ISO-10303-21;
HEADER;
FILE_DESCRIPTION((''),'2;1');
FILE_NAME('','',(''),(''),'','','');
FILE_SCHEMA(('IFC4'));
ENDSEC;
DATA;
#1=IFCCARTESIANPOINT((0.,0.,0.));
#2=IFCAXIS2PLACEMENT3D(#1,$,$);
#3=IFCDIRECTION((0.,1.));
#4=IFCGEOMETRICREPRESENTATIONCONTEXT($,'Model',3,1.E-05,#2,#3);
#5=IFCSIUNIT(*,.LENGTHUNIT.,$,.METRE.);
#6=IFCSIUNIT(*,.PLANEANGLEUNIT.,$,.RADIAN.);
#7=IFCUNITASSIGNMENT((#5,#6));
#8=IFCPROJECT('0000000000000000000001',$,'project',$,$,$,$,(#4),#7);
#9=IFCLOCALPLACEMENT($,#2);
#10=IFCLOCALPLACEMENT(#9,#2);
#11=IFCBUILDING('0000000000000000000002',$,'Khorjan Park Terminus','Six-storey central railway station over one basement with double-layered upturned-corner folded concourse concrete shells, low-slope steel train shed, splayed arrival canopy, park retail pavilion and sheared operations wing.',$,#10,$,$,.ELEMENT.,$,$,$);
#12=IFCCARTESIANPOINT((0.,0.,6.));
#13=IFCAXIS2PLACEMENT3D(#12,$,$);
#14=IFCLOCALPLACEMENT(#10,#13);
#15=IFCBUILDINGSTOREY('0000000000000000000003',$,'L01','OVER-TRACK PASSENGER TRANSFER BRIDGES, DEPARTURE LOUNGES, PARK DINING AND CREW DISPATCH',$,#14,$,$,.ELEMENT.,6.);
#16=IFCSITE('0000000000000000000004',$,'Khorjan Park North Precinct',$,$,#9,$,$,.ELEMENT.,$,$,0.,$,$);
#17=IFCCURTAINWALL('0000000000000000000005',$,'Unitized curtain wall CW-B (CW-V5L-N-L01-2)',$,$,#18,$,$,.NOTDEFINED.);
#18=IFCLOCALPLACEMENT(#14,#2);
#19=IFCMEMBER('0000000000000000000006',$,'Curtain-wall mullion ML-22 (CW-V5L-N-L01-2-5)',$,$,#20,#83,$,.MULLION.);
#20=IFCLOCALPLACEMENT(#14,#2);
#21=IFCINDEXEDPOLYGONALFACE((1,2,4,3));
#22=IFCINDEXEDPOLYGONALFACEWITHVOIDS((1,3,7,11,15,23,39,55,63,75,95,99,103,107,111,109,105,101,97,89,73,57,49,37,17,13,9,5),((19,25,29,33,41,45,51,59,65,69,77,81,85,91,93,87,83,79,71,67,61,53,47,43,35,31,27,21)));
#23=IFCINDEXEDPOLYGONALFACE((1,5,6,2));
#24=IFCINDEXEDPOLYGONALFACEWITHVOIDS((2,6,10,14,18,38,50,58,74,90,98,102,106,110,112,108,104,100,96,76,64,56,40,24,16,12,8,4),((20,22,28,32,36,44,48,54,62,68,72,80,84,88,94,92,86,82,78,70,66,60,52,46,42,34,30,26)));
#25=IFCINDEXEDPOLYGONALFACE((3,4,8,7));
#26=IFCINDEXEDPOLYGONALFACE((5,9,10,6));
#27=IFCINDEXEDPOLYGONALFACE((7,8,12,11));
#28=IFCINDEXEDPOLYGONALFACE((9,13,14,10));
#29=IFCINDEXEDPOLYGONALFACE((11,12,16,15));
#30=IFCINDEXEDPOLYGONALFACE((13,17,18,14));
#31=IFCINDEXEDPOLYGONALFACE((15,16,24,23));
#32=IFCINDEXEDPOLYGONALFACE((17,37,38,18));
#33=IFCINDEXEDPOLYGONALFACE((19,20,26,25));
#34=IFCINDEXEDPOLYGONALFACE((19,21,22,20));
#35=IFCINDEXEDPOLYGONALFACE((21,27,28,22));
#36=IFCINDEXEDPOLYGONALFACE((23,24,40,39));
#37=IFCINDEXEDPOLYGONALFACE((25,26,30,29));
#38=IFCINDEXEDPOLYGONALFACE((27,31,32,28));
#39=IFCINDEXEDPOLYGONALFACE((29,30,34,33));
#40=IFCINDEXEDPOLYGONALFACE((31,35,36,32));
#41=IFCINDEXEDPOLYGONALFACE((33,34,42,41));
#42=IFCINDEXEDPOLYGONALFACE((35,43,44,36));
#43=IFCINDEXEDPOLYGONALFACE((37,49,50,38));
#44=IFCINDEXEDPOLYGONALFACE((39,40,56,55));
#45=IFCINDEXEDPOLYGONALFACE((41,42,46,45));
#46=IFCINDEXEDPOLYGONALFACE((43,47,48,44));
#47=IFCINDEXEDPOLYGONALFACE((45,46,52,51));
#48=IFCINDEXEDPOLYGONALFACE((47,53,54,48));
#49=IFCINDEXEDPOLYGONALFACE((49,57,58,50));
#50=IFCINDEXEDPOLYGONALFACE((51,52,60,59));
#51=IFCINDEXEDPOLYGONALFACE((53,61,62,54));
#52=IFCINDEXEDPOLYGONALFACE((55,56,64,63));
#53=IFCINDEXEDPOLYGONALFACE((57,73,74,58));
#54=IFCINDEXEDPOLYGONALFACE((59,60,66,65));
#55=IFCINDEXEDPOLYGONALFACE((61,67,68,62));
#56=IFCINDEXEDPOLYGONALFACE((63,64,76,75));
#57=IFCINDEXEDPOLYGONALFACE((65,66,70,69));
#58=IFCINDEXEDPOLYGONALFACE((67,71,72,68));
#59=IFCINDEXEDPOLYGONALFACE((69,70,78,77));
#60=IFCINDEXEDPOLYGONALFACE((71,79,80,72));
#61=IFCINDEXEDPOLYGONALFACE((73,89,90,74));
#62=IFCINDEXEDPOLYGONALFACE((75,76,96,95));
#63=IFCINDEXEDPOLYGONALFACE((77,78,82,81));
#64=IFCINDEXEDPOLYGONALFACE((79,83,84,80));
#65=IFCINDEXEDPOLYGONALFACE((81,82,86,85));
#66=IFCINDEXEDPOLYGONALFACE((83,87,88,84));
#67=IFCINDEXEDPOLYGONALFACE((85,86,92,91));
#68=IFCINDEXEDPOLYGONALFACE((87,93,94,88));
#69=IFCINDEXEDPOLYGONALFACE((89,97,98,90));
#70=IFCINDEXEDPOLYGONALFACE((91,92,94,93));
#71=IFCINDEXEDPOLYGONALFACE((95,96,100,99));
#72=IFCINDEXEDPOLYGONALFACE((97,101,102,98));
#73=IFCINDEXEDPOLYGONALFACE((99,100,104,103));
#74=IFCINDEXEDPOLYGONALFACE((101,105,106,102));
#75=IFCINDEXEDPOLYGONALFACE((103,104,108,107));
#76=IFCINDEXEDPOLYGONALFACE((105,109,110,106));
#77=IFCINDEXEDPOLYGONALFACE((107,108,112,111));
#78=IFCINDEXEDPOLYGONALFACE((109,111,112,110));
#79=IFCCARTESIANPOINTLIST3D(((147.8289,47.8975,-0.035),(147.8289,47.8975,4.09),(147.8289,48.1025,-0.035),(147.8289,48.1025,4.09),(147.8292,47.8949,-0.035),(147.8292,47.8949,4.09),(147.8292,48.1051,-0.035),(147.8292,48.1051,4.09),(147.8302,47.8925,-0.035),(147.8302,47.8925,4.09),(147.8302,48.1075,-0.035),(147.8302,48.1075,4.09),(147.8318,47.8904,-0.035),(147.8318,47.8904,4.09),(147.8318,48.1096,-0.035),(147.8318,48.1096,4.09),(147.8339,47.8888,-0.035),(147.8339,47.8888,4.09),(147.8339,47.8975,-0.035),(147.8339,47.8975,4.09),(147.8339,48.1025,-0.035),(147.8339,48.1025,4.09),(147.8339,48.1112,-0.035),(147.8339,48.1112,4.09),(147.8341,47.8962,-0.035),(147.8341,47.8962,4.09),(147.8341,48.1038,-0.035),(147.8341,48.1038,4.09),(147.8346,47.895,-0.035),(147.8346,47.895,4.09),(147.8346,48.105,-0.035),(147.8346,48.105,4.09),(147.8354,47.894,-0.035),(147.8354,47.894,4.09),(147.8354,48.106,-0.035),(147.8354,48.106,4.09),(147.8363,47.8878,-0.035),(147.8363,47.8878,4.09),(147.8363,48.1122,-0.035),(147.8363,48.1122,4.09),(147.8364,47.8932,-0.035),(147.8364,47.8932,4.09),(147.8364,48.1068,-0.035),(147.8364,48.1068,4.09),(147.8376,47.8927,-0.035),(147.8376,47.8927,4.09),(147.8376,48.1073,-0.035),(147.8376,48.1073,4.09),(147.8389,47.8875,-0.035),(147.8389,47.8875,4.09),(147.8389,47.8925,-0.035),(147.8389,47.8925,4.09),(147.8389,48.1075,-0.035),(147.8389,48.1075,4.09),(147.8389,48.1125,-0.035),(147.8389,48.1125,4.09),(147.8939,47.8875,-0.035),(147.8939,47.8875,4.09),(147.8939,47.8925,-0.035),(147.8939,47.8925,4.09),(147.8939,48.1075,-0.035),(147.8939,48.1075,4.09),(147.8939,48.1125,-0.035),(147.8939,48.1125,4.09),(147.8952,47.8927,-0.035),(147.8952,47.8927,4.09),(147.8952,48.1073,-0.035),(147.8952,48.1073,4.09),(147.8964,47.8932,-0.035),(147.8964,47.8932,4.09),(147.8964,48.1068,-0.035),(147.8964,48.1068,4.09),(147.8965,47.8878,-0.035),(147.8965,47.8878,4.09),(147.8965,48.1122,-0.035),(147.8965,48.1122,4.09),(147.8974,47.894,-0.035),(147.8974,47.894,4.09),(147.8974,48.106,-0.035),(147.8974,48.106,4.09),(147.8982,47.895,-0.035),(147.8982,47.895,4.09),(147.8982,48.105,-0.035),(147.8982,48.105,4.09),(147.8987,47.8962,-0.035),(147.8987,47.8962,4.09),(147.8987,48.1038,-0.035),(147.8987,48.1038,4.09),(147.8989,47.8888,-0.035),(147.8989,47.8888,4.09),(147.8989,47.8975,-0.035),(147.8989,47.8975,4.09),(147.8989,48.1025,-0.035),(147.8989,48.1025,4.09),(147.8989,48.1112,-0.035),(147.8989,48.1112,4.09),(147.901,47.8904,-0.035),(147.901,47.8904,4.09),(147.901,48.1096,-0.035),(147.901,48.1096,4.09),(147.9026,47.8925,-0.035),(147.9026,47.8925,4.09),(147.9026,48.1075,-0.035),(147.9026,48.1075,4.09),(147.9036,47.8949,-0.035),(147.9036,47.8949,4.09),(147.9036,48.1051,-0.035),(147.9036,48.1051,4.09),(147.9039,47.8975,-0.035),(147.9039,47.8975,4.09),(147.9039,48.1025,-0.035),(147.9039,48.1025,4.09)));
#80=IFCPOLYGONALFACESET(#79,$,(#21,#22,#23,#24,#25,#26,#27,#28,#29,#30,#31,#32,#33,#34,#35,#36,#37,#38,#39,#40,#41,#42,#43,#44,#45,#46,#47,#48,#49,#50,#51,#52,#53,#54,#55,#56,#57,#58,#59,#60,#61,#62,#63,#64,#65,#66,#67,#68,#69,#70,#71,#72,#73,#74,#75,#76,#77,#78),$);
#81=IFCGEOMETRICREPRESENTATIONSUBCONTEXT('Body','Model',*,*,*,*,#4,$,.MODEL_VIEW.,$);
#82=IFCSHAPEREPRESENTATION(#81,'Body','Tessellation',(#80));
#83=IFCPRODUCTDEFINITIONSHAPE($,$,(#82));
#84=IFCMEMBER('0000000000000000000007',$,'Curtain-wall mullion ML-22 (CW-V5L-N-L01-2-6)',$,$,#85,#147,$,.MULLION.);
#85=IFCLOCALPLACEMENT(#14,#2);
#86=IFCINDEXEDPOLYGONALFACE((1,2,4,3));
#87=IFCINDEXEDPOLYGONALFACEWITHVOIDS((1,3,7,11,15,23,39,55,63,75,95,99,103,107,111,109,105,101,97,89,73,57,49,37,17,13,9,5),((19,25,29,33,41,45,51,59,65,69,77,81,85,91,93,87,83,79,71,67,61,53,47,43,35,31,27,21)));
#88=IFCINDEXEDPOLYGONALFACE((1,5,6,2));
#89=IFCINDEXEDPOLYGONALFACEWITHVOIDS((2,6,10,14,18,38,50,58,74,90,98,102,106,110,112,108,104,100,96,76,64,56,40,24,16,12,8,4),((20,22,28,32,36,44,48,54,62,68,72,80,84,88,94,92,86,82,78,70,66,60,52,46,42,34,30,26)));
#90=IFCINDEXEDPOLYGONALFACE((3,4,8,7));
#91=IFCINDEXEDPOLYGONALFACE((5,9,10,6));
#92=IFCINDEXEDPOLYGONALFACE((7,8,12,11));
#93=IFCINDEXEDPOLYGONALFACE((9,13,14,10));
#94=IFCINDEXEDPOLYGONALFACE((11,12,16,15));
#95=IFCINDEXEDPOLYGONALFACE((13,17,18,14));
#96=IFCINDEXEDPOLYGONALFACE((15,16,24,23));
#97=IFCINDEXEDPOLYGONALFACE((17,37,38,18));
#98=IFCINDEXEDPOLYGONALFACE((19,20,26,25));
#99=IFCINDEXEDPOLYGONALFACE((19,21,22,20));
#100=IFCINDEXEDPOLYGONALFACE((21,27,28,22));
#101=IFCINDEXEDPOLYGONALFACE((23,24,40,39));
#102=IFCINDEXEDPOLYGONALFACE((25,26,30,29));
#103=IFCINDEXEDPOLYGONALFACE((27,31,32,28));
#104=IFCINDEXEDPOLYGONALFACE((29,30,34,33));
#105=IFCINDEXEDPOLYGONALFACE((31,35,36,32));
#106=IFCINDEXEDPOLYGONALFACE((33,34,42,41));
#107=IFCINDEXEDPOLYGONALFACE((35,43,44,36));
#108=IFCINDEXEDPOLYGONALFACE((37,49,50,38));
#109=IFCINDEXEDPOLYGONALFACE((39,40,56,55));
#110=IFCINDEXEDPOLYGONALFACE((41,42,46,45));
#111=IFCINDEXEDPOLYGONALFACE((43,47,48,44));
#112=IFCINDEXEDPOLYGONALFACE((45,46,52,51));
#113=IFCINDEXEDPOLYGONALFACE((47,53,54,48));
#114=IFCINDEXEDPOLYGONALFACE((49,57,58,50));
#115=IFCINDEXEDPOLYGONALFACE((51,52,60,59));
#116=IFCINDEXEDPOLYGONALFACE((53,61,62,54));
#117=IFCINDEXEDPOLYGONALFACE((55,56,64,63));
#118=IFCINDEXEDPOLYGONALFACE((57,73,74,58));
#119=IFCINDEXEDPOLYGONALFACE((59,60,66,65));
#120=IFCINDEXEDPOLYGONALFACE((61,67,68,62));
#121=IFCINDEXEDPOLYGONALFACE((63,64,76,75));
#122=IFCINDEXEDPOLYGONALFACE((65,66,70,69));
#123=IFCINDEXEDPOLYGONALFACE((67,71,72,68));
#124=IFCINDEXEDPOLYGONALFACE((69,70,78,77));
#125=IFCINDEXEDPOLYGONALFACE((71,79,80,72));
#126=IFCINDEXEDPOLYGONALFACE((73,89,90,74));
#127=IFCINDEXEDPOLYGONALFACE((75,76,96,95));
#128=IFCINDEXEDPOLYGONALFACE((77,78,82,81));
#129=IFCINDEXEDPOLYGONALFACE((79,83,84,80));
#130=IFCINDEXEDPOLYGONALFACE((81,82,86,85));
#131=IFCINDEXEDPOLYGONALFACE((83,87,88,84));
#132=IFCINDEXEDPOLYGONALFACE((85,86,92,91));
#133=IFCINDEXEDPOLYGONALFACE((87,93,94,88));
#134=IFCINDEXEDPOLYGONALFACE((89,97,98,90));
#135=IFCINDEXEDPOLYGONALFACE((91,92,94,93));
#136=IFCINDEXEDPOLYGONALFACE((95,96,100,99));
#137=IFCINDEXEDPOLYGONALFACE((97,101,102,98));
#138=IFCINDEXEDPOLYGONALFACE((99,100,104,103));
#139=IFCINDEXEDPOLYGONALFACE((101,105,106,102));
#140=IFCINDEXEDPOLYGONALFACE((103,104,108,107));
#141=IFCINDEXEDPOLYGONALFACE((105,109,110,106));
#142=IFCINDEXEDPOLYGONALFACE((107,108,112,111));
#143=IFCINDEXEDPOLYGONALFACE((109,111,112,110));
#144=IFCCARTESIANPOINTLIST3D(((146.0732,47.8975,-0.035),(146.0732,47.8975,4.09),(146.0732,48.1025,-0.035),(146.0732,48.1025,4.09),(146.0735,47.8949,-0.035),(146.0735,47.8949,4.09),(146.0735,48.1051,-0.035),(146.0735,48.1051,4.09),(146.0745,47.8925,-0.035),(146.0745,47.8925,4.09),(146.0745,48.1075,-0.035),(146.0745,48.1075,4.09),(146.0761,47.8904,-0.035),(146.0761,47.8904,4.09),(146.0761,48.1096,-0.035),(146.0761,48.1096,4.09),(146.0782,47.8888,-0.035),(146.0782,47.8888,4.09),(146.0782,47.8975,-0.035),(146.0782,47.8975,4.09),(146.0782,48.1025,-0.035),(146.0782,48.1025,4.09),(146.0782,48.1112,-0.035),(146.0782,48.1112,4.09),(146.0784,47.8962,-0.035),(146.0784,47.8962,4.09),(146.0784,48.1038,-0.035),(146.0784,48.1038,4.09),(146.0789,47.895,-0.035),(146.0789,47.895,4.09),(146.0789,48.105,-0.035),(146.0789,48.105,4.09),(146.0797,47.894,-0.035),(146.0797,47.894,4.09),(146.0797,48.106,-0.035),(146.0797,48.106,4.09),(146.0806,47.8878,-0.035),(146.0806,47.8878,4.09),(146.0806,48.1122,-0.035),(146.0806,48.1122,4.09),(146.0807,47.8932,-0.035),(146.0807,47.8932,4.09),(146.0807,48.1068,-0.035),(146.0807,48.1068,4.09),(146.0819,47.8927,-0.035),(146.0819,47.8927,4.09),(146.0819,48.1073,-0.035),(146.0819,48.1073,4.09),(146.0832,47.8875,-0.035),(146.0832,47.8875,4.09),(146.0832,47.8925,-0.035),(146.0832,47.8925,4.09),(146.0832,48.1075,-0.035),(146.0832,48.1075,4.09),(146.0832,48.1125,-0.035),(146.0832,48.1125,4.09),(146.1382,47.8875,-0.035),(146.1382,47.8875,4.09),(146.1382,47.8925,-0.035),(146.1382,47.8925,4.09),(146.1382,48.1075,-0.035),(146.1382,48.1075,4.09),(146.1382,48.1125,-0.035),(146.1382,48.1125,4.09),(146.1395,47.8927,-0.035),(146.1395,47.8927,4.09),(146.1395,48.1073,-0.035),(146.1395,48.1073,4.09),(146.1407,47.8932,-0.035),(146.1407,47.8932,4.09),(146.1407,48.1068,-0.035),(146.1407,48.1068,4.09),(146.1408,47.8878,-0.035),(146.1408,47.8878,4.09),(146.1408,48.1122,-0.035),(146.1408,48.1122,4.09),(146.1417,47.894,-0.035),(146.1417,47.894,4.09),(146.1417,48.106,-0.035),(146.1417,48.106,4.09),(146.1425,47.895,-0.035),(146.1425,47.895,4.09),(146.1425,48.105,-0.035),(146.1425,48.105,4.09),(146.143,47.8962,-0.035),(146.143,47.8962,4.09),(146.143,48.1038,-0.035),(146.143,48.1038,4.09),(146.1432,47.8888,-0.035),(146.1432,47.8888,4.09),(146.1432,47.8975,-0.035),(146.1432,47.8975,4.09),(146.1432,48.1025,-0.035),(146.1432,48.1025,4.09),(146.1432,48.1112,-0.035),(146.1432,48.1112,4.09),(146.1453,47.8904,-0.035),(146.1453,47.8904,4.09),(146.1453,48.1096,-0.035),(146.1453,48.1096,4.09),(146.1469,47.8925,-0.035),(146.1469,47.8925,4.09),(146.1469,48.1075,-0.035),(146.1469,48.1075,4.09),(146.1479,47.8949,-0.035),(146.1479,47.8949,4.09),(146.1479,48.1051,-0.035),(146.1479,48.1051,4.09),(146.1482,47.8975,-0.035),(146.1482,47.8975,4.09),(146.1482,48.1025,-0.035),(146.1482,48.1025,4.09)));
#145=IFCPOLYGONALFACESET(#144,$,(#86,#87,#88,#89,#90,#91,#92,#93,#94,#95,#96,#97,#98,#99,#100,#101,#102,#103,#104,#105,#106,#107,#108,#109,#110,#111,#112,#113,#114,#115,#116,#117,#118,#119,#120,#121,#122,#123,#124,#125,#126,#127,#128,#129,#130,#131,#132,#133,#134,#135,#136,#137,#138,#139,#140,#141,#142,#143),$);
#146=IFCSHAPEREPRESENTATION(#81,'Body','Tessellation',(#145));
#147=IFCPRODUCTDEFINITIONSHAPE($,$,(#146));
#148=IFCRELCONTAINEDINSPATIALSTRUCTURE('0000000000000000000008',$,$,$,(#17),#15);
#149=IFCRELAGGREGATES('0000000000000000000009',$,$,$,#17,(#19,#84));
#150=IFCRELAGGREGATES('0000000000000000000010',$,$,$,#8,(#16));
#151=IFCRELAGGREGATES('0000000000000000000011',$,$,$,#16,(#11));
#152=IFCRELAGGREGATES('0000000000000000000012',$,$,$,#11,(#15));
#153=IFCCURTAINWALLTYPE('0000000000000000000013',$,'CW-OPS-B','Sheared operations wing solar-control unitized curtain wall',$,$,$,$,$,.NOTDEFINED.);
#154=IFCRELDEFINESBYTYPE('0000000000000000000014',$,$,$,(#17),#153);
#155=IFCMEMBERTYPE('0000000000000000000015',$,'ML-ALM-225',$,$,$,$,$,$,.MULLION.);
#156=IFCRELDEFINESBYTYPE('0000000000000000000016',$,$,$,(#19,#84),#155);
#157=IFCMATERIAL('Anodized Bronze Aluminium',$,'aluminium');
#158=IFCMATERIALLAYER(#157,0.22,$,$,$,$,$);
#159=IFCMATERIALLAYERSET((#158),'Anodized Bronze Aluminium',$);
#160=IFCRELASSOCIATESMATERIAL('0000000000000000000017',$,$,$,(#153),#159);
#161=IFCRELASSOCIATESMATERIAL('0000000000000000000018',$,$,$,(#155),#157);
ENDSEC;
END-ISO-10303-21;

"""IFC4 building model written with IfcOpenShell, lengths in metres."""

from ifc_helpers import new_model, si_unit, direction, frame, origin, origin_2d, place, context, subcontext, project, spatial, hollow_rectangle, extrude, material, layer, layer_set, material_profile, profile_set, type_object, element, aggregate, save


model = new_model("IFC4")

# Units and contexts
model_context = context("Model", 3, precision=1e-05, world=origin(), true_north=direction((0.0, 1.0)))
body_context = subcontext(model_context, "Body", "Model", "MODEL_VIEW")
ifc_project = project(units=[si_unit("LENGTHUNIT", "METRE"), si_unit("PLANEANGLEUNIT", "RADIAN")], contexts=[model_context])

# Site, building, storey
site_placement = place(None, origin())
site = spatial("IfcSite", under=ifc_project, at=site_placement, Name="Khorjan Park North Precinct", CompositionType="ELEMENT", RefElevation=0.0)
building_placement = place(site_placement, origin())
building = spatial("IfcBuilding", under=site, at=building_placement, Name="Khorjan Park Terminus", Description="Six-storey central railway station over one basement with double-layered upturned-corner folded concourse concrete shells, low-slope steel train shed, splayed arrival canopy, park retail pavilion and sheared operations wing.", CompositionType="ELEMENT")
storey_placement = place(building_placement, frame((0.0, 0.0, 6.0)))
storey = spatial("IfcBuildingStorey", under=building, at=storey_placement, Name="L01", Description="OVER-TRACK PASSENGER TRANSFER BRIDGES, DEPARTURE LOUNGES, PARK DINING AND CREW DISPATCH", CompositionType="ELEMENT", Elevation=6.0)

# Curtain wall, members
ifc_material_1 = material(Name="Anodized Bronze Aluminium", Category="aluminium")
ifc_layer_1 = layer(ifc_material_1, 0.22)
ifc_layer_set_1 = layer_set([ifc_layer_1], Name="Anodized Bronze Aluminium")
curtain_wall_type = type_object("IfcCurtainWallType", Name="CW-OPS-B", Description="Sheared operations wing solar-control unitized curtain wall", PredefinedType="NOTDEFINED", material=ifc_layer_set_1)
curtain_wall_placement = place(storey_placement, origin())
curtain_wall = element("IfcCurtainWall", 1, at=curtain_wall_placement, inside=storey, type_object=curtain_wall_type, Name="Unitized curtain wall CW-B (CW-V5L-N-L01-2)", PredefinedType="NOTDEFINED")
ifc_material_profile_1 = material_profile(ifc_material_1, hollow_rectangle(XDim=0.075, YDim=0.225, WallThickness=0.005, InnerFilletRadius=0.005, OuterFilletRadius=0.01, at=origin_2d()), Name="ALM 75x225x5")
ifc_profile_set_1 = profile_set([ifc_material_profile_1], Name="Anodized Bronze Aluminium")
member_type_1 = type_object("IfcMemberType", Name="ML-ALM-225", PredefinedType="MULLION", material=ifc_profile_set_1)
member_1_placement = place(storey_placement, frame((147.8664, 48.0, -0.035), z_axis=(0.0, 0.0, 1.0), x_axis=(-1.0, 0.0, 0.0)))
member_1 = element("IfcMember", 2, at=member_1_placement, type_object=member_type_1, Name="Curtain-wall mullion ML-22 (CW-V5L-N-L01-2-5)", PredefinedType="MULLION", context=body_context, shape_type="SweptSolid", body=[
    extrude(hollow_rectangle(XDim=0.075, YDim=0.225, WallThickness=0.005, InnerFilletRadius=0.005, OuterFilletRadius=0.01, at=origin_2d()), origin(), (0.0, 0.0, 1.0), 4.125),
])
member_2_placement = place(storey_placement, frame((146.1107, 48.0, -0.035), z_axis=(0.0, 0.0, 1.0), x_axis=(-1.0, 0.0, 0.0)))
member_2 = element("IfcMember", 3, at=member_2_placement, type_object=member_type_1, Name="Curtain-wall mullion ML-22 (CW-V5L-N-L01-2-6)", PredefinedType="MULLION", context=body_context, shape_type="SweptSolid", body=[
    extrude(hollow_rectangle(XDim=0.075, YDim=0.225, WallThickness=0.005, InnerFilletRadius=0.005, OuterFilletRadius=0.01, at=origin_2d()), origin(), (0.0, 0.0, 1.0), 4.125),
])
aggregate(curtain_wall, [member_1, member_2])

save(model, "model.ifc")
